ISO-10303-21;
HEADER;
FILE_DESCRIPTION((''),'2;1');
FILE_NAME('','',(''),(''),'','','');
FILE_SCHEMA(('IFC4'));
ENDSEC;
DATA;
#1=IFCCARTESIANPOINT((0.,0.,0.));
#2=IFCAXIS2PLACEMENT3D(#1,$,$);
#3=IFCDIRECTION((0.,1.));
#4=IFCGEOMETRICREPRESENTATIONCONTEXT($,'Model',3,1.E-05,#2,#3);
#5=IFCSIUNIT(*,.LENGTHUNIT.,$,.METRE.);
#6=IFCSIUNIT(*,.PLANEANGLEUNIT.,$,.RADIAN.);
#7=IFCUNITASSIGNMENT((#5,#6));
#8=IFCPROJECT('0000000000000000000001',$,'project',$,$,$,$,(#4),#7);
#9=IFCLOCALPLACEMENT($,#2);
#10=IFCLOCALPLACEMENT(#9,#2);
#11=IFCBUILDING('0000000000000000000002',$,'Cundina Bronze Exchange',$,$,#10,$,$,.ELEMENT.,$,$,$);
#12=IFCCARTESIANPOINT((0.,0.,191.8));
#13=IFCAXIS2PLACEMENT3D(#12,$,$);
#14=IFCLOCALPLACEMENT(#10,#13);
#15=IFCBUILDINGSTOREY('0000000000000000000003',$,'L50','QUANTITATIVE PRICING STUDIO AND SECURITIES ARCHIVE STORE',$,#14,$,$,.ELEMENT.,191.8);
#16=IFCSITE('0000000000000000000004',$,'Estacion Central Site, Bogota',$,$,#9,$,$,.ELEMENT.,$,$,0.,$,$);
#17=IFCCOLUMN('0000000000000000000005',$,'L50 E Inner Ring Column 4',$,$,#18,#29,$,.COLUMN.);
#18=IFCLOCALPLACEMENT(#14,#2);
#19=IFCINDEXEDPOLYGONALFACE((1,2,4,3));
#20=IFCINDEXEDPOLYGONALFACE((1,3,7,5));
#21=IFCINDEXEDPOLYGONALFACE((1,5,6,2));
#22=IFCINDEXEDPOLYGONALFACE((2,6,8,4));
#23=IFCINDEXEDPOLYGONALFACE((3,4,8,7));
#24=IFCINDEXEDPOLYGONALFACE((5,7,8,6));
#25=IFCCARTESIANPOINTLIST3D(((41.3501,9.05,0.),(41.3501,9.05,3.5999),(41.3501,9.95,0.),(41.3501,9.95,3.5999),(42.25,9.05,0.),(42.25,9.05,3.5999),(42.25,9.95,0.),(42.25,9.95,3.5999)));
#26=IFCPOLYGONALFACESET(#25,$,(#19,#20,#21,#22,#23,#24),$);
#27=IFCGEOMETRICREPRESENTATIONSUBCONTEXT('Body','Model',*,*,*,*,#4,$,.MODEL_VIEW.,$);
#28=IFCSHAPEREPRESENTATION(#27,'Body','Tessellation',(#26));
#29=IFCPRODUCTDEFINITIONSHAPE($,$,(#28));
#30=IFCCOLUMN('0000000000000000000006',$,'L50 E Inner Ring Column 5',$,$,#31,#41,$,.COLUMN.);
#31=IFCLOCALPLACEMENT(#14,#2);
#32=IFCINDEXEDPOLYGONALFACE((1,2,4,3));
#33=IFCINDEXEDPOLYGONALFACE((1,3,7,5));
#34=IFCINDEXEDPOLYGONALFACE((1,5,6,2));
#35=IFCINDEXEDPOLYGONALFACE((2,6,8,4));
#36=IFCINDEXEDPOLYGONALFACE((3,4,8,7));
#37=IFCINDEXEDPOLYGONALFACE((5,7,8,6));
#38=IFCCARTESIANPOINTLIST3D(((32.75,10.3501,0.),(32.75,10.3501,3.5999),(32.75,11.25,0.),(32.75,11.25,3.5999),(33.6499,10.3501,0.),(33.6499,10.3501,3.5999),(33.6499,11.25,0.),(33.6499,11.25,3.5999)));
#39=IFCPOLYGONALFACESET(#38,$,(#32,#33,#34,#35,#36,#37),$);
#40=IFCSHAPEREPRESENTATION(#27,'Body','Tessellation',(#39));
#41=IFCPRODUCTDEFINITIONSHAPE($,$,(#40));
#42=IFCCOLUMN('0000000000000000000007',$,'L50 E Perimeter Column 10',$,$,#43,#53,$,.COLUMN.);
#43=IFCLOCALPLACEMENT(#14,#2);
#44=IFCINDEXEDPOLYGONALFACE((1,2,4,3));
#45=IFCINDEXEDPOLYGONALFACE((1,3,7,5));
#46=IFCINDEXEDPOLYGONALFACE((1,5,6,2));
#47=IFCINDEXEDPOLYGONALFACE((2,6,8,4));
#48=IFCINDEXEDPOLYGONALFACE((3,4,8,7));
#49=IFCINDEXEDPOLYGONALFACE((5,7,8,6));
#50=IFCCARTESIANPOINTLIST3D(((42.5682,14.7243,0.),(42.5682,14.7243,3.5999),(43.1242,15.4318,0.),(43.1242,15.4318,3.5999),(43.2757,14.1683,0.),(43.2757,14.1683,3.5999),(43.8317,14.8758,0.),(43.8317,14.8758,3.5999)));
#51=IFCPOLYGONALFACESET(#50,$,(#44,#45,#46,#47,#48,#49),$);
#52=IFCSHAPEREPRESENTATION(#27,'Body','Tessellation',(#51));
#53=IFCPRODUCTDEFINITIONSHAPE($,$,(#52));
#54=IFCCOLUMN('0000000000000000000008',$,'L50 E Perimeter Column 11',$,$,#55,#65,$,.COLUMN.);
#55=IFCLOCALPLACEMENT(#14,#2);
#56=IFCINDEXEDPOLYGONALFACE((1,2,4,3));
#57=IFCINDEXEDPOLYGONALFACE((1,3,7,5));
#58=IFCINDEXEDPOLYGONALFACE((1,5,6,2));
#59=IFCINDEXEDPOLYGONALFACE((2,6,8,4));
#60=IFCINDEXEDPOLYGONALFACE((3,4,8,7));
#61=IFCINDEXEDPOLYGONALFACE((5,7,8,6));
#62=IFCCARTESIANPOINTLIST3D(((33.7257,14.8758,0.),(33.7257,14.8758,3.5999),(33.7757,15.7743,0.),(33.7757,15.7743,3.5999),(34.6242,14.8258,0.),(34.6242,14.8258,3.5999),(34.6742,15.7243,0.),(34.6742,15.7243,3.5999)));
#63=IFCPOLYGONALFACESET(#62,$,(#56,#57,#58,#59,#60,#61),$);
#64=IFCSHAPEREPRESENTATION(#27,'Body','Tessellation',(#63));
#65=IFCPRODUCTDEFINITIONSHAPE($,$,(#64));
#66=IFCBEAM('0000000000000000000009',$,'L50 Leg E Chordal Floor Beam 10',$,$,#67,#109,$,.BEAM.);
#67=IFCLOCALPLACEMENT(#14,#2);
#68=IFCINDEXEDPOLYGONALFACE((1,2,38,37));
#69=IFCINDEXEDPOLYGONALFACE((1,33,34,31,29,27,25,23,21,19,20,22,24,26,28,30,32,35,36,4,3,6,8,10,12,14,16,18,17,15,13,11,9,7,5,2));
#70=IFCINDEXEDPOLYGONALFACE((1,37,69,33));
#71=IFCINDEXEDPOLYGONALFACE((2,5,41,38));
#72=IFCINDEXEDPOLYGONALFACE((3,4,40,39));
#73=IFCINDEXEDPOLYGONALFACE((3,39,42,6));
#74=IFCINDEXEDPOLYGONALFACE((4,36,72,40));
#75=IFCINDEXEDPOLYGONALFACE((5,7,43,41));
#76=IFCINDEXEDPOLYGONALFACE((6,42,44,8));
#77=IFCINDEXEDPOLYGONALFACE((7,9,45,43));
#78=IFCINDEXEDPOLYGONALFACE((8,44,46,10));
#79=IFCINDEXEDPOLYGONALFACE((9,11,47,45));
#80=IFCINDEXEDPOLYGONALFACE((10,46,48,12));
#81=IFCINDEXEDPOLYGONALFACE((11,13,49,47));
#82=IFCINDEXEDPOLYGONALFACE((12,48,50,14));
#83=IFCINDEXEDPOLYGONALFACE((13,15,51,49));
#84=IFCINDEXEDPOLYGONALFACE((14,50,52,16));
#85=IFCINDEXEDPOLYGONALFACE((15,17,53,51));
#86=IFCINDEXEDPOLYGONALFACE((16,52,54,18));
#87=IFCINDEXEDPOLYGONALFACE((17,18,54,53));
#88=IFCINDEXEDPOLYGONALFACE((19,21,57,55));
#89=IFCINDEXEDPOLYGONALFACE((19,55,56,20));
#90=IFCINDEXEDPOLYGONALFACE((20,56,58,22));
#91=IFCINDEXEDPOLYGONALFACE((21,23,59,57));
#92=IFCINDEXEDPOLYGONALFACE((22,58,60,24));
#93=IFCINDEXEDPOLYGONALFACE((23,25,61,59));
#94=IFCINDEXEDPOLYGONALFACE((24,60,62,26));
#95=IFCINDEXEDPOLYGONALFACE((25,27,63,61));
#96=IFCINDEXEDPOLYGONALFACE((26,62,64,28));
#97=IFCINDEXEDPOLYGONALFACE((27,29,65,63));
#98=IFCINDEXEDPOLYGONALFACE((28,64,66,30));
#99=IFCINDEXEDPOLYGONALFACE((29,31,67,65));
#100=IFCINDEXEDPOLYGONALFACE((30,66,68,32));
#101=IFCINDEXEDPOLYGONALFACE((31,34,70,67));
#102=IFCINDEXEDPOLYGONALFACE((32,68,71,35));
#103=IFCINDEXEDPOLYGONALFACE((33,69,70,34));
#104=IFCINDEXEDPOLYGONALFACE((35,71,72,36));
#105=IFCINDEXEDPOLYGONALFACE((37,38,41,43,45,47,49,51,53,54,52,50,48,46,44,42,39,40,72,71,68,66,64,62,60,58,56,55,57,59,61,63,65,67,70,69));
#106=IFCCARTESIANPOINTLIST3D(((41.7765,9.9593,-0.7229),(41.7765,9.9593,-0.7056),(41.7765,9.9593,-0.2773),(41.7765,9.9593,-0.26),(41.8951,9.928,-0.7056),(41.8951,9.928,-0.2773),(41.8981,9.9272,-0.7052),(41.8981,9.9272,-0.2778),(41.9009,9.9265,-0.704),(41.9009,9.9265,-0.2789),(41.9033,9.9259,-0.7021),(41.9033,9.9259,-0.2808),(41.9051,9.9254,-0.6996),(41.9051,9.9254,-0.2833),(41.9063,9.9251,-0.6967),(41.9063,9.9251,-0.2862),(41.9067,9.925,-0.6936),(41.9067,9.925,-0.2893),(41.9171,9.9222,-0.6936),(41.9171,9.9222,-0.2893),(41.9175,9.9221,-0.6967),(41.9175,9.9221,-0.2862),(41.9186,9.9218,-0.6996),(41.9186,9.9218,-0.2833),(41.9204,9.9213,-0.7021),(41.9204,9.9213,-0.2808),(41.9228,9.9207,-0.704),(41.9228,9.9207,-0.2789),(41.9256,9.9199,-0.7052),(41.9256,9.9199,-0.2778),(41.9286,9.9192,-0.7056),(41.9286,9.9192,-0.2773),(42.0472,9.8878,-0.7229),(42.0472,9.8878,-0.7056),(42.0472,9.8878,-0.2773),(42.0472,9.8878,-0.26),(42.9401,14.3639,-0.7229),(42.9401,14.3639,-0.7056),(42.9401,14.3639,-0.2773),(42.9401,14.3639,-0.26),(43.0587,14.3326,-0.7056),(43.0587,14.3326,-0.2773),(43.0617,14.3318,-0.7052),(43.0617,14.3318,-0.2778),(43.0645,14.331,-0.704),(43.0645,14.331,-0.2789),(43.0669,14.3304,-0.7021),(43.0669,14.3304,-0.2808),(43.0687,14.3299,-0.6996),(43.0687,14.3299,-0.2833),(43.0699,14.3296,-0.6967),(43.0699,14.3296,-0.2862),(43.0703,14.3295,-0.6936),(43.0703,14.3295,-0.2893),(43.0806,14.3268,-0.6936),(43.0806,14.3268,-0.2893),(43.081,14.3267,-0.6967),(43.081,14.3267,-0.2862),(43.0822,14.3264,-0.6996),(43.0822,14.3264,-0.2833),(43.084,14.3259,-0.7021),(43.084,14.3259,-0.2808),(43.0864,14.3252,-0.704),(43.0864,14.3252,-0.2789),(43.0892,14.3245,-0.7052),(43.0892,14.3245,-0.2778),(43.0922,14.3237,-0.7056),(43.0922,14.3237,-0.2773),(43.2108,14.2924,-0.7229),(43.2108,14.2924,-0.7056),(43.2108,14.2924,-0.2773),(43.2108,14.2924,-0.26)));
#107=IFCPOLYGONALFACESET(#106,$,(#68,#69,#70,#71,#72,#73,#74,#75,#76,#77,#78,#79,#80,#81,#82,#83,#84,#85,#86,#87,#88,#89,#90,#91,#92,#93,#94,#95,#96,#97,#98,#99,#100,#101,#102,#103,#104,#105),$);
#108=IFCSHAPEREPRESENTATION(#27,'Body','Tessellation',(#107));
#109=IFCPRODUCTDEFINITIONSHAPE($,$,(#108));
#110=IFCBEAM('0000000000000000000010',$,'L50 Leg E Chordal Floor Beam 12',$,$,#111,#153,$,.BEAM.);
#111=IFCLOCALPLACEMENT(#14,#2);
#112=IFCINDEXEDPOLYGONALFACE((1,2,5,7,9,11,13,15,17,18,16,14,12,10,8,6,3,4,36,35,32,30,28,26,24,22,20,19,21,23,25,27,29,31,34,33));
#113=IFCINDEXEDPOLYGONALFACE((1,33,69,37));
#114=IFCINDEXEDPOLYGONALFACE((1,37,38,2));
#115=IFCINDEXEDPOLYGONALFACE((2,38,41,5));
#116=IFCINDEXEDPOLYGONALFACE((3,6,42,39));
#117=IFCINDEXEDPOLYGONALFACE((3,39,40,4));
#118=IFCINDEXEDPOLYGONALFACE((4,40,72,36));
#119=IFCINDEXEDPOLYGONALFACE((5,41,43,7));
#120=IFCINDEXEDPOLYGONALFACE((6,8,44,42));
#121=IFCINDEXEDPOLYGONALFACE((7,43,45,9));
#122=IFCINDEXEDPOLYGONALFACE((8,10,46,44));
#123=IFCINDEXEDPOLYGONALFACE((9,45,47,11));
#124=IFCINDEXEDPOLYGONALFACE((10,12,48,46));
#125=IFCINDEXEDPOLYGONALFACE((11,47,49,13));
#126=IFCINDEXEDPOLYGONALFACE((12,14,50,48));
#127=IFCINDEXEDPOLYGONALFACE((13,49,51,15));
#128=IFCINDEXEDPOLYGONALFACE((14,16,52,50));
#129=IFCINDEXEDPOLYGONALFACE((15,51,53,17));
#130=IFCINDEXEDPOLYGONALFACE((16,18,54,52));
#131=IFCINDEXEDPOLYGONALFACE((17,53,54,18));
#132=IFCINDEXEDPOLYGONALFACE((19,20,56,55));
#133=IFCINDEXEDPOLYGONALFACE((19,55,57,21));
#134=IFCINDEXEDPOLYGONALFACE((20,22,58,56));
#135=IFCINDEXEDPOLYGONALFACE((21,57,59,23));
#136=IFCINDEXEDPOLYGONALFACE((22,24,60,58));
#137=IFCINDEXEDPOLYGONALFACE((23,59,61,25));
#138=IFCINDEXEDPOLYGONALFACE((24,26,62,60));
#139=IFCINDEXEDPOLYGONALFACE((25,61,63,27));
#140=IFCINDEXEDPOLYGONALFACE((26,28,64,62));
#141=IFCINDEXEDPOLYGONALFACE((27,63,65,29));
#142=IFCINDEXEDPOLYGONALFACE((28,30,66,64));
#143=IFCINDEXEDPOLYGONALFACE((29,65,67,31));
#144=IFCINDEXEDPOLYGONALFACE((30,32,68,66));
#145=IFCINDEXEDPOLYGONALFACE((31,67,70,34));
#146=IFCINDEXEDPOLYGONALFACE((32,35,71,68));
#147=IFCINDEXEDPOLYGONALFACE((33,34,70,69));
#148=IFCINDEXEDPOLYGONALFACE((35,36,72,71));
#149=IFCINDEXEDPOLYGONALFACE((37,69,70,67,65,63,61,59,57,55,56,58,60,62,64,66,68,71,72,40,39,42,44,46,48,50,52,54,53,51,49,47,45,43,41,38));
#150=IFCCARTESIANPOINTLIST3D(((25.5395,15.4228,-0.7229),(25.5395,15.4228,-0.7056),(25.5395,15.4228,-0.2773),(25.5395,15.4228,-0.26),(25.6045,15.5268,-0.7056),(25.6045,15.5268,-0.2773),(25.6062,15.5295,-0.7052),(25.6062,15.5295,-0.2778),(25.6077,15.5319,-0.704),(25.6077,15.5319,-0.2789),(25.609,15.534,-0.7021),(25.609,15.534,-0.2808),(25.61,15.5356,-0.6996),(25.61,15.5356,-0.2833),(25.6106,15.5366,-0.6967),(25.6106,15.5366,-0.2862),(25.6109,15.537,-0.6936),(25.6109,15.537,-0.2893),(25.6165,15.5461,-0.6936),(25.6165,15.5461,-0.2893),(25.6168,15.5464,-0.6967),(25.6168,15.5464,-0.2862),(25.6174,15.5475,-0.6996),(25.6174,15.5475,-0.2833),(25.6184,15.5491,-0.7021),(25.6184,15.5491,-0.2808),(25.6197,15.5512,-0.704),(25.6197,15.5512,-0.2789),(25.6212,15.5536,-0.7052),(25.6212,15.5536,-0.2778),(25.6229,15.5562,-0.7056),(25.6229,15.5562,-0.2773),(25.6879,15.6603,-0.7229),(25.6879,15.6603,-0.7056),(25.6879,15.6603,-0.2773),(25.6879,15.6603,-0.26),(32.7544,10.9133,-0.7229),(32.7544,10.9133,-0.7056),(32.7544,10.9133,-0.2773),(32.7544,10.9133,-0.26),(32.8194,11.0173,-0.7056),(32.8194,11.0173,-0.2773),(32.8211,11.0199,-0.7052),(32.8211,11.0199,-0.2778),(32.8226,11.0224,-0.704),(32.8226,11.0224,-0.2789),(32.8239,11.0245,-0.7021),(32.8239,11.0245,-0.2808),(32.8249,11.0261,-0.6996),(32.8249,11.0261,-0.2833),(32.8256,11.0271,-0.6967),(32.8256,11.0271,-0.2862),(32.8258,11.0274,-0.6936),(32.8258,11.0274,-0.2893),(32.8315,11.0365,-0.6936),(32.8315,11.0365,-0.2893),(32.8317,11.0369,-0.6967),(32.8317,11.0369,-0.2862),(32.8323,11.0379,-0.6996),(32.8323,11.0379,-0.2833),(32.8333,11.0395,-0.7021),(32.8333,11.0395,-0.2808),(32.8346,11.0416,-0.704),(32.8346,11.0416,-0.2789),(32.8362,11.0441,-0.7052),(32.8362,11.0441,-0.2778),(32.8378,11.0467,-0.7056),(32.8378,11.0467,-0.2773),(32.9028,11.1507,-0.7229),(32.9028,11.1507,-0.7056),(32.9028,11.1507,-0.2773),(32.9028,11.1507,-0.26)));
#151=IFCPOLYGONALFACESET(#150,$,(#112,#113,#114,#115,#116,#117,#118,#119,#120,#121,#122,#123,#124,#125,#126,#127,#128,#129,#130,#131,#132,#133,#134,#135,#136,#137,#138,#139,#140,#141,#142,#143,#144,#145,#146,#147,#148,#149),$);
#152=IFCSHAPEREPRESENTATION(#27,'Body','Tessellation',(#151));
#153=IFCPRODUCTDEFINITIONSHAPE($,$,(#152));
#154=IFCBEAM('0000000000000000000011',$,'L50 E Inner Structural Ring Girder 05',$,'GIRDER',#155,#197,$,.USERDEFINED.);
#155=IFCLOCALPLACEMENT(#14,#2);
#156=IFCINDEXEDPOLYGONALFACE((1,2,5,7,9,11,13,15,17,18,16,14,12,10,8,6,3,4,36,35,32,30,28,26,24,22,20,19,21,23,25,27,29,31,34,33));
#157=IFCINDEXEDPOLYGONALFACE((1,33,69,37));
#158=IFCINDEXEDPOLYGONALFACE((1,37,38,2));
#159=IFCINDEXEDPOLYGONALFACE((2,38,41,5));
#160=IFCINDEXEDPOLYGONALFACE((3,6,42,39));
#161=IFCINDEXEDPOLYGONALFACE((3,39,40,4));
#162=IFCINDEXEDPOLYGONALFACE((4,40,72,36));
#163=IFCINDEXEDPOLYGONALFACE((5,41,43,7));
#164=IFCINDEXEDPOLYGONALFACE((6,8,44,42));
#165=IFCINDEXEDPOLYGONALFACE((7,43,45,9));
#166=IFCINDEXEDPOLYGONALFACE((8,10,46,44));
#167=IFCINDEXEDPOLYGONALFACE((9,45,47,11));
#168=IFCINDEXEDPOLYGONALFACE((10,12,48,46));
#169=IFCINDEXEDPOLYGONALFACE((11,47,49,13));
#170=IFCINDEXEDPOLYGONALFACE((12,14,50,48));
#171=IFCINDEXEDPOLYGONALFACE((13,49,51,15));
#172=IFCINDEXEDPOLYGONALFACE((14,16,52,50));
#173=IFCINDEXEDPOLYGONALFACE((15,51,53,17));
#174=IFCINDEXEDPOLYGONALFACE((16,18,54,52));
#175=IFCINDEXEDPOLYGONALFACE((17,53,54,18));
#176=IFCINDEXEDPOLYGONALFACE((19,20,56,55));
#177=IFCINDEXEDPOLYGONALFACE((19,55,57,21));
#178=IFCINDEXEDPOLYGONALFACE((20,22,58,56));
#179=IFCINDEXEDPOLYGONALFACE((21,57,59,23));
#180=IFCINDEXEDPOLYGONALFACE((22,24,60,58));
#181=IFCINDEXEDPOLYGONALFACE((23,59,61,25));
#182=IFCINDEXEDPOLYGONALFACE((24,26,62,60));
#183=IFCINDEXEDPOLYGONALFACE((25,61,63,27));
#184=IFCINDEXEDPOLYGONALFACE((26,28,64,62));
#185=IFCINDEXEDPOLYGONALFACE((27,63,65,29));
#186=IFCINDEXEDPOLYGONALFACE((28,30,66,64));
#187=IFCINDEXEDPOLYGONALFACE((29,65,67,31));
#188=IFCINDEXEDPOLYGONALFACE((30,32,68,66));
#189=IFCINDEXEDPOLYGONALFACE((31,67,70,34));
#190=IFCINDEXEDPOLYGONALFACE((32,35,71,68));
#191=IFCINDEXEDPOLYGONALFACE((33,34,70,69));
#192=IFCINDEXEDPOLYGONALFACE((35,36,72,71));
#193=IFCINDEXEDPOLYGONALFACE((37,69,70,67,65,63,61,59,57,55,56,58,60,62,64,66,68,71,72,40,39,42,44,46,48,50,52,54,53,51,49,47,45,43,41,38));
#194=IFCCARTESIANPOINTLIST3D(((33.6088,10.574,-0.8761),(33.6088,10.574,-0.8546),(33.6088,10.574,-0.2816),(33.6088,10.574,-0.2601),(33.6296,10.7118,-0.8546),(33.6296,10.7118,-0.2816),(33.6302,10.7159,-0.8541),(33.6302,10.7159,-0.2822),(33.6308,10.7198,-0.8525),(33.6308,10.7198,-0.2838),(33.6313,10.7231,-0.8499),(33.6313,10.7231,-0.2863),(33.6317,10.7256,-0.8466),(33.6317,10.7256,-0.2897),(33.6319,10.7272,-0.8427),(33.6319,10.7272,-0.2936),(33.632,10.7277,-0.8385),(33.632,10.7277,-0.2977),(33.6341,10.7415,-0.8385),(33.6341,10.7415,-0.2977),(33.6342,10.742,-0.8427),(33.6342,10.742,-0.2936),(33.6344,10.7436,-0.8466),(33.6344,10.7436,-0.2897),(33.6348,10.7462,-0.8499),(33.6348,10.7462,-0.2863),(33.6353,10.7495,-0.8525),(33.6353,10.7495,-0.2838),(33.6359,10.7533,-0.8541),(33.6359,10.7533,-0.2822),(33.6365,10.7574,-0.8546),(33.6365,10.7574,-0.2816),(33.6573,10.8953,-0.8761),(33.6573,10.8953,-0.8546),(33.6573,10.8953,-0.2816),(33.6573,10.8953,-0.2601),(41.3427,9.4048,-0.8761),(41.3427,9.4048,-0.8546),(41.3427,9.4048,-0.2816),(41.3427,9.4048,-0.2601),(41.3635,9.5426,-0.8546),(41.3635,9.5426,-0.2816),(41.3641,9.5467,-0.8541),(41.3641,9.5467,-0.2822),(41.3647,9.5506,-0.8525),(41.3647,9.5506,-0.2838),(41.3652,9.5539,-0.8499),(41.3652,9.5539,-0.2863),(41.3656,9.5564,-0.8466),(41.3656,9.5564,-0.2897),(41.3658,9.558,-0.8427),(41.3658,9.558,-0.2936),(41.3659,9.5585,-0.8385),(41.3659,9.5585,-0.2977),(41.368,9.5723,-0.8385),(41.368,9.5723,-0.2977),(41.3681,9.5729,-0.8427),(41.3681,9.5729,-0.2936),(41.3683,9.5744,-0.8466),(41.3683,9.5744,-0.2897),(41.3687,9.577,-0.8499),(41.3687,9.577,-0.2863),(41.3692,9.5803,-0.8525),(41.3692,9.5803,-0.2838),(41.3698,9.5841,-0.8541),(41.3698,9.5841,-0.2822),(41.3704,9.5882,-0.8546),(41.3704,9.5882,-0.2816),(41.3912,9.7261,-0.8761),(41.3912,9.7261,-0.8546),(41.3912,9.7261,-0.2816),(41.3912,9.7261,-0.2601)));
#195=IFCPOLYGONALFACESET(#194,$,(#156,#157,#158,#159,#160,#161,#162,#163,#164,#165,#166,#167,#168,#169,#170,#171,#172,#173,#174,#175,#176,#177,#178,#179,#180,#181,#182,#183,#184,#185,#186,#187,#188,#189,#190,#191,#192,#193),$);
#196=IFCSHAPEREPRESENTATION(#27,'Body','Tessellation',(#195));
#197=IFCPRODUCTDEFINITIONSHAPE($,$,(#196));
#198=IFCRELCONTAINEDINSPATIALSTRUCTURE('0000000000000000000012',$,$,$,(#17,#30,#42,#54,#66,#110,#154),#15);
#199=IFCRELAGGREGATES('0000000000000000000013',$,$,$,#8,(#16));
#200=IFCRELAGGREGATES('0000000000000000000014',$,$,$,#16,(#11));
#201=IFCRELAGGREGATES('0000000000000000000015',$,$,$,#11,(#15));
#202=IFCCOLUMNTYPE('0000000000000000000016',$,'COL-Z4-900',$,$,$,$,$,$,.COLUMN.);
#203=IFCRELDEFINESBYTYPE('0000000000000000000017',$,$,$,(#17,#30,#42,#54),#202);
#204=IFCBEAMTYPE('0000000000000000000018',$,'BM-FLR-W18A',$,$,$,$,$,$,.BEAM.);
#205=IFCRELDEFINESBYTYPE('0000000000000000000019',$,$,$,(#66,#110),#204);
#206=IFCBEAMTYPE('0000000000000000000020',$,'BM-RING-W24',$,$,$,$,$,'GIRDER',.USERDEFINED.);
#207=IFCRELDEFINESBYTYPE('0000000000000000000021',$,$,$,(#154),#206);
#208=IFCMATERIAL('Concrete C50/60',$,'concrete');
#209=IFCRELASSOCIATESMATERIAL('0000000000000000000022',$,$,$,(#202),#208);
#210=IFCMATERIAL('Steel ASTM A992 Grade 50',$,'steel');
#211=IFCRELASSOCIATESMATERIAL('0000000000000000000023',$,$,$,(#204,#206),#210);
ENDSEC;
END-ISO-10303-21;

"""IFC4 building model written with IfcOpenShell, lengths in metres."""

from ifc_helpers import new_model, si_unit, direction, frame, origin, origin_2d, place, context, subcontext, project, spatial, rectangle, i_section, extrude, material, material_profile, profile_set, type_object, element, save


model = new_model("IFC4")

# Units and contexts
model_context = context("Model", 3, precision=1e-05, world=origin(), true_north=direction((0.0, 1.0)))
body_context = subcontext(model_context, "Body", "Model", "MODEL_VIEW")
ifc_project = project(units=[si_unit("LENGTHUNIT", "METRE"), si_unit("PLANEANGLEUNIT", "RADIAN")], contexts=[model_context])

# Site, building, storey
site_placement = place(None, origin())
site = spatial("IfcSite", under=ifc_project, at=site_placement, Name="Estacion Central Site, Bogota", CompositionType="ELEMENT", RefElevation=0.0)
building_placement = place(site_placement, origin())
building = spatial("IfcBuilding", under=site, at=building_placement, Name="Cundina Bronze Exchange", CompositionType="ELEMENT")
storey_placement = place(building_placement, frame((0.0, 0.0, 191.8)))
storey = spatial("IfcBuildingStorey", under=building, at=storey_placement, Name="L50", Description="QUANTITATIVE PRICING STUDIO AND SECURITIES ARCHIVE STORE", CompositionType="ELEMENT", Elevation=191.8)

# Columns
ifc_material_1 = material(Name="Concrete C50/60", Category="concrete")
ifc_material_profile_1 = material_profile(ifc_material_1, rectangle(XDim=0.8999, YDim=0.8999, at=origin_2d()), Name="RC900X900", Category="concrete")
ifc_profile_set_1 = profile_set([ifc_material_profile_1], Name="Concrete C50/60")
column_type = type_object("IfcColumnType", Name="COL-Z4-900", PredefinedType="COLUMN", material=ifc_profile_set_1)
for number, where, z_axis, x_axis, name in (
    (1, (41.8, 9.5, 0.0), (0.0, 0.0, 1.0), (1.0, 0.0, 0.0), "L50 E Inner Ring Column 4"),
    (2, (33.2, 10.8, 0.0), (0.0, 0.0, 1.0), (1.0, 0.0, 0.0), "L50 E Inner Ring Column 5"),
    (3, (43.2, 14.8, 0.0), (0.0, 0.0, 1.0), (-0.786288, 0.61786, 0.0), "L50 E Perimeter Column 10"),
    (4, (34.2, 15.3, 0.0), (0.0, 0.0, 1.0), (-0.99846, 0.055473, 0.0), "L50 E Perimeter Column 11"),
):
    element("IfcColumn", number, at=place(storey_placement, frame(where, z_axis=z_axis, x_axis=x_axis)), inside=storey, type_object=column_type, Name=name, PredefinedType="COLUMN", context=body_context, shape_type="SweptSolid", body=[
        extrude(rectangle(XDim=0.8999, YDim=0.8999, at=origin_2d()), origin(), (0.0, 0.0, 1.0), 3.5999),
    ])

# Beams
ifc_material_2 = material(Name="Steel ASTM A992 Grade 50", Category="steel")
ifc_material_profile_2 = material_profile(ifc_material_2, i_section(OverallWidth=0.28, OverallDepth=0.4629, WebThickness=0.0107, FlangeThickness=0.0173, FilletRadius=0.012, at=origin_2d()), Name="W18X76", Category="steel")
ifc_profile_set_2 = profile_set([ifc_material_profile_2], Name="Steel ASTM A992 Grade 50")
beam_type_1 = type_object("IfcBeamType", Name="BM-FLR-W18A", PredefinedType="BEAM", material=ifc_profile_set_2)
beam_1_placement = place(storey_placement, frame((41.9119, 9.9236, -0.4915), z_axis=(0.255414, 0.966832, 0.0), x_axis=(-0.966832, 0.255414, 0.0)))
element("IfcBeam", 5, at=beam_1_placement, inside=storey, type_object=beam_type_1, Name="L50 Leg E Chordal Floor Beam 10", PredefinedType="BEAM", context=body_context, shape_type="SweptSolid", body=[
    extrude(i_section(OverallWidth=0.28, OverallDepth=0.4629, WebThickness=0.0107, FlangeThickness=0.0173, FilletRadius=0.012, at=origin_2d()), origin(), (0.0, 0.0, 1.0), 4.5557),
])
beam_2_placement = place(storey_placement, frame((32.8286, 11.032, -0.4915), z_axis=(-0.847985, 0.53002, 0.0), x_axis=(-0.53002, -0.847985, 0.0)))
element("IfcBeam", 6, at=beam_2_placement, inside=storey, type_object=beam_type_1, Name="L50 Leg E Chordal Floor Beam 12", PredefinedType="BEAM", context=body_context, shape_type="SweptSolid", body=[
    extrude(i_section(OverallWidth=0.28, OverallDepth=0.4629, WebThickness=0.0107, FlangeThickness=0.0173, FilletRadius=0.012, at=origin_2d()), origin(), (0.0, 0.0, 1.0), 8.5083),
])
ifc_material_profile_3 = material_profile(ifc_material_2, i_section(OverallWidth=0.325, OverallDepth=0.616, WebThickness=0.0139, FlangeThickness=0.0215, FilletRadius=0.0161, at=origin_2d()), Name="W24X117", Category="steel")
ifc_profile_set_3 = profile_set([ifc_material_profile_3], Name="Steel ASTM A992 Grade 50")
beam_type_2 = type_object("IfcBeamType", Name="BM-RING-W24", ElementType="GIRDER", PredefinedType="USERDEFINED", material=ifc_profile_set_3)
beam_3_placement = place(storey_placement, frame((41.3669, 9.5654, -0.5681), z_axis=(-0.988765, 0.149479, 0.0), x_axis=(-0.149479, -0.988765, 0.0)))
element("IfcBeam", 7, at=beam_3_placement, inside=storey, type_object=beam_type_2, Name="L50 E Inner Structural Ring Girder 05", ObjectType="GIRDER", PredefinedType="USERDEFINED", context=body_context, shape_type="SweptSolid", body=[
    extrude(i_section(OverallWidth=0.325, OverallDepth=0.616, WebThickness=0.0139, FlangeThickness=0.0215, FilletRadius=0.0161, at=origin_2d()), origin(), (0.0, 0.0, 1.0), 7.8218),
])

save(model, "model.ifc")
